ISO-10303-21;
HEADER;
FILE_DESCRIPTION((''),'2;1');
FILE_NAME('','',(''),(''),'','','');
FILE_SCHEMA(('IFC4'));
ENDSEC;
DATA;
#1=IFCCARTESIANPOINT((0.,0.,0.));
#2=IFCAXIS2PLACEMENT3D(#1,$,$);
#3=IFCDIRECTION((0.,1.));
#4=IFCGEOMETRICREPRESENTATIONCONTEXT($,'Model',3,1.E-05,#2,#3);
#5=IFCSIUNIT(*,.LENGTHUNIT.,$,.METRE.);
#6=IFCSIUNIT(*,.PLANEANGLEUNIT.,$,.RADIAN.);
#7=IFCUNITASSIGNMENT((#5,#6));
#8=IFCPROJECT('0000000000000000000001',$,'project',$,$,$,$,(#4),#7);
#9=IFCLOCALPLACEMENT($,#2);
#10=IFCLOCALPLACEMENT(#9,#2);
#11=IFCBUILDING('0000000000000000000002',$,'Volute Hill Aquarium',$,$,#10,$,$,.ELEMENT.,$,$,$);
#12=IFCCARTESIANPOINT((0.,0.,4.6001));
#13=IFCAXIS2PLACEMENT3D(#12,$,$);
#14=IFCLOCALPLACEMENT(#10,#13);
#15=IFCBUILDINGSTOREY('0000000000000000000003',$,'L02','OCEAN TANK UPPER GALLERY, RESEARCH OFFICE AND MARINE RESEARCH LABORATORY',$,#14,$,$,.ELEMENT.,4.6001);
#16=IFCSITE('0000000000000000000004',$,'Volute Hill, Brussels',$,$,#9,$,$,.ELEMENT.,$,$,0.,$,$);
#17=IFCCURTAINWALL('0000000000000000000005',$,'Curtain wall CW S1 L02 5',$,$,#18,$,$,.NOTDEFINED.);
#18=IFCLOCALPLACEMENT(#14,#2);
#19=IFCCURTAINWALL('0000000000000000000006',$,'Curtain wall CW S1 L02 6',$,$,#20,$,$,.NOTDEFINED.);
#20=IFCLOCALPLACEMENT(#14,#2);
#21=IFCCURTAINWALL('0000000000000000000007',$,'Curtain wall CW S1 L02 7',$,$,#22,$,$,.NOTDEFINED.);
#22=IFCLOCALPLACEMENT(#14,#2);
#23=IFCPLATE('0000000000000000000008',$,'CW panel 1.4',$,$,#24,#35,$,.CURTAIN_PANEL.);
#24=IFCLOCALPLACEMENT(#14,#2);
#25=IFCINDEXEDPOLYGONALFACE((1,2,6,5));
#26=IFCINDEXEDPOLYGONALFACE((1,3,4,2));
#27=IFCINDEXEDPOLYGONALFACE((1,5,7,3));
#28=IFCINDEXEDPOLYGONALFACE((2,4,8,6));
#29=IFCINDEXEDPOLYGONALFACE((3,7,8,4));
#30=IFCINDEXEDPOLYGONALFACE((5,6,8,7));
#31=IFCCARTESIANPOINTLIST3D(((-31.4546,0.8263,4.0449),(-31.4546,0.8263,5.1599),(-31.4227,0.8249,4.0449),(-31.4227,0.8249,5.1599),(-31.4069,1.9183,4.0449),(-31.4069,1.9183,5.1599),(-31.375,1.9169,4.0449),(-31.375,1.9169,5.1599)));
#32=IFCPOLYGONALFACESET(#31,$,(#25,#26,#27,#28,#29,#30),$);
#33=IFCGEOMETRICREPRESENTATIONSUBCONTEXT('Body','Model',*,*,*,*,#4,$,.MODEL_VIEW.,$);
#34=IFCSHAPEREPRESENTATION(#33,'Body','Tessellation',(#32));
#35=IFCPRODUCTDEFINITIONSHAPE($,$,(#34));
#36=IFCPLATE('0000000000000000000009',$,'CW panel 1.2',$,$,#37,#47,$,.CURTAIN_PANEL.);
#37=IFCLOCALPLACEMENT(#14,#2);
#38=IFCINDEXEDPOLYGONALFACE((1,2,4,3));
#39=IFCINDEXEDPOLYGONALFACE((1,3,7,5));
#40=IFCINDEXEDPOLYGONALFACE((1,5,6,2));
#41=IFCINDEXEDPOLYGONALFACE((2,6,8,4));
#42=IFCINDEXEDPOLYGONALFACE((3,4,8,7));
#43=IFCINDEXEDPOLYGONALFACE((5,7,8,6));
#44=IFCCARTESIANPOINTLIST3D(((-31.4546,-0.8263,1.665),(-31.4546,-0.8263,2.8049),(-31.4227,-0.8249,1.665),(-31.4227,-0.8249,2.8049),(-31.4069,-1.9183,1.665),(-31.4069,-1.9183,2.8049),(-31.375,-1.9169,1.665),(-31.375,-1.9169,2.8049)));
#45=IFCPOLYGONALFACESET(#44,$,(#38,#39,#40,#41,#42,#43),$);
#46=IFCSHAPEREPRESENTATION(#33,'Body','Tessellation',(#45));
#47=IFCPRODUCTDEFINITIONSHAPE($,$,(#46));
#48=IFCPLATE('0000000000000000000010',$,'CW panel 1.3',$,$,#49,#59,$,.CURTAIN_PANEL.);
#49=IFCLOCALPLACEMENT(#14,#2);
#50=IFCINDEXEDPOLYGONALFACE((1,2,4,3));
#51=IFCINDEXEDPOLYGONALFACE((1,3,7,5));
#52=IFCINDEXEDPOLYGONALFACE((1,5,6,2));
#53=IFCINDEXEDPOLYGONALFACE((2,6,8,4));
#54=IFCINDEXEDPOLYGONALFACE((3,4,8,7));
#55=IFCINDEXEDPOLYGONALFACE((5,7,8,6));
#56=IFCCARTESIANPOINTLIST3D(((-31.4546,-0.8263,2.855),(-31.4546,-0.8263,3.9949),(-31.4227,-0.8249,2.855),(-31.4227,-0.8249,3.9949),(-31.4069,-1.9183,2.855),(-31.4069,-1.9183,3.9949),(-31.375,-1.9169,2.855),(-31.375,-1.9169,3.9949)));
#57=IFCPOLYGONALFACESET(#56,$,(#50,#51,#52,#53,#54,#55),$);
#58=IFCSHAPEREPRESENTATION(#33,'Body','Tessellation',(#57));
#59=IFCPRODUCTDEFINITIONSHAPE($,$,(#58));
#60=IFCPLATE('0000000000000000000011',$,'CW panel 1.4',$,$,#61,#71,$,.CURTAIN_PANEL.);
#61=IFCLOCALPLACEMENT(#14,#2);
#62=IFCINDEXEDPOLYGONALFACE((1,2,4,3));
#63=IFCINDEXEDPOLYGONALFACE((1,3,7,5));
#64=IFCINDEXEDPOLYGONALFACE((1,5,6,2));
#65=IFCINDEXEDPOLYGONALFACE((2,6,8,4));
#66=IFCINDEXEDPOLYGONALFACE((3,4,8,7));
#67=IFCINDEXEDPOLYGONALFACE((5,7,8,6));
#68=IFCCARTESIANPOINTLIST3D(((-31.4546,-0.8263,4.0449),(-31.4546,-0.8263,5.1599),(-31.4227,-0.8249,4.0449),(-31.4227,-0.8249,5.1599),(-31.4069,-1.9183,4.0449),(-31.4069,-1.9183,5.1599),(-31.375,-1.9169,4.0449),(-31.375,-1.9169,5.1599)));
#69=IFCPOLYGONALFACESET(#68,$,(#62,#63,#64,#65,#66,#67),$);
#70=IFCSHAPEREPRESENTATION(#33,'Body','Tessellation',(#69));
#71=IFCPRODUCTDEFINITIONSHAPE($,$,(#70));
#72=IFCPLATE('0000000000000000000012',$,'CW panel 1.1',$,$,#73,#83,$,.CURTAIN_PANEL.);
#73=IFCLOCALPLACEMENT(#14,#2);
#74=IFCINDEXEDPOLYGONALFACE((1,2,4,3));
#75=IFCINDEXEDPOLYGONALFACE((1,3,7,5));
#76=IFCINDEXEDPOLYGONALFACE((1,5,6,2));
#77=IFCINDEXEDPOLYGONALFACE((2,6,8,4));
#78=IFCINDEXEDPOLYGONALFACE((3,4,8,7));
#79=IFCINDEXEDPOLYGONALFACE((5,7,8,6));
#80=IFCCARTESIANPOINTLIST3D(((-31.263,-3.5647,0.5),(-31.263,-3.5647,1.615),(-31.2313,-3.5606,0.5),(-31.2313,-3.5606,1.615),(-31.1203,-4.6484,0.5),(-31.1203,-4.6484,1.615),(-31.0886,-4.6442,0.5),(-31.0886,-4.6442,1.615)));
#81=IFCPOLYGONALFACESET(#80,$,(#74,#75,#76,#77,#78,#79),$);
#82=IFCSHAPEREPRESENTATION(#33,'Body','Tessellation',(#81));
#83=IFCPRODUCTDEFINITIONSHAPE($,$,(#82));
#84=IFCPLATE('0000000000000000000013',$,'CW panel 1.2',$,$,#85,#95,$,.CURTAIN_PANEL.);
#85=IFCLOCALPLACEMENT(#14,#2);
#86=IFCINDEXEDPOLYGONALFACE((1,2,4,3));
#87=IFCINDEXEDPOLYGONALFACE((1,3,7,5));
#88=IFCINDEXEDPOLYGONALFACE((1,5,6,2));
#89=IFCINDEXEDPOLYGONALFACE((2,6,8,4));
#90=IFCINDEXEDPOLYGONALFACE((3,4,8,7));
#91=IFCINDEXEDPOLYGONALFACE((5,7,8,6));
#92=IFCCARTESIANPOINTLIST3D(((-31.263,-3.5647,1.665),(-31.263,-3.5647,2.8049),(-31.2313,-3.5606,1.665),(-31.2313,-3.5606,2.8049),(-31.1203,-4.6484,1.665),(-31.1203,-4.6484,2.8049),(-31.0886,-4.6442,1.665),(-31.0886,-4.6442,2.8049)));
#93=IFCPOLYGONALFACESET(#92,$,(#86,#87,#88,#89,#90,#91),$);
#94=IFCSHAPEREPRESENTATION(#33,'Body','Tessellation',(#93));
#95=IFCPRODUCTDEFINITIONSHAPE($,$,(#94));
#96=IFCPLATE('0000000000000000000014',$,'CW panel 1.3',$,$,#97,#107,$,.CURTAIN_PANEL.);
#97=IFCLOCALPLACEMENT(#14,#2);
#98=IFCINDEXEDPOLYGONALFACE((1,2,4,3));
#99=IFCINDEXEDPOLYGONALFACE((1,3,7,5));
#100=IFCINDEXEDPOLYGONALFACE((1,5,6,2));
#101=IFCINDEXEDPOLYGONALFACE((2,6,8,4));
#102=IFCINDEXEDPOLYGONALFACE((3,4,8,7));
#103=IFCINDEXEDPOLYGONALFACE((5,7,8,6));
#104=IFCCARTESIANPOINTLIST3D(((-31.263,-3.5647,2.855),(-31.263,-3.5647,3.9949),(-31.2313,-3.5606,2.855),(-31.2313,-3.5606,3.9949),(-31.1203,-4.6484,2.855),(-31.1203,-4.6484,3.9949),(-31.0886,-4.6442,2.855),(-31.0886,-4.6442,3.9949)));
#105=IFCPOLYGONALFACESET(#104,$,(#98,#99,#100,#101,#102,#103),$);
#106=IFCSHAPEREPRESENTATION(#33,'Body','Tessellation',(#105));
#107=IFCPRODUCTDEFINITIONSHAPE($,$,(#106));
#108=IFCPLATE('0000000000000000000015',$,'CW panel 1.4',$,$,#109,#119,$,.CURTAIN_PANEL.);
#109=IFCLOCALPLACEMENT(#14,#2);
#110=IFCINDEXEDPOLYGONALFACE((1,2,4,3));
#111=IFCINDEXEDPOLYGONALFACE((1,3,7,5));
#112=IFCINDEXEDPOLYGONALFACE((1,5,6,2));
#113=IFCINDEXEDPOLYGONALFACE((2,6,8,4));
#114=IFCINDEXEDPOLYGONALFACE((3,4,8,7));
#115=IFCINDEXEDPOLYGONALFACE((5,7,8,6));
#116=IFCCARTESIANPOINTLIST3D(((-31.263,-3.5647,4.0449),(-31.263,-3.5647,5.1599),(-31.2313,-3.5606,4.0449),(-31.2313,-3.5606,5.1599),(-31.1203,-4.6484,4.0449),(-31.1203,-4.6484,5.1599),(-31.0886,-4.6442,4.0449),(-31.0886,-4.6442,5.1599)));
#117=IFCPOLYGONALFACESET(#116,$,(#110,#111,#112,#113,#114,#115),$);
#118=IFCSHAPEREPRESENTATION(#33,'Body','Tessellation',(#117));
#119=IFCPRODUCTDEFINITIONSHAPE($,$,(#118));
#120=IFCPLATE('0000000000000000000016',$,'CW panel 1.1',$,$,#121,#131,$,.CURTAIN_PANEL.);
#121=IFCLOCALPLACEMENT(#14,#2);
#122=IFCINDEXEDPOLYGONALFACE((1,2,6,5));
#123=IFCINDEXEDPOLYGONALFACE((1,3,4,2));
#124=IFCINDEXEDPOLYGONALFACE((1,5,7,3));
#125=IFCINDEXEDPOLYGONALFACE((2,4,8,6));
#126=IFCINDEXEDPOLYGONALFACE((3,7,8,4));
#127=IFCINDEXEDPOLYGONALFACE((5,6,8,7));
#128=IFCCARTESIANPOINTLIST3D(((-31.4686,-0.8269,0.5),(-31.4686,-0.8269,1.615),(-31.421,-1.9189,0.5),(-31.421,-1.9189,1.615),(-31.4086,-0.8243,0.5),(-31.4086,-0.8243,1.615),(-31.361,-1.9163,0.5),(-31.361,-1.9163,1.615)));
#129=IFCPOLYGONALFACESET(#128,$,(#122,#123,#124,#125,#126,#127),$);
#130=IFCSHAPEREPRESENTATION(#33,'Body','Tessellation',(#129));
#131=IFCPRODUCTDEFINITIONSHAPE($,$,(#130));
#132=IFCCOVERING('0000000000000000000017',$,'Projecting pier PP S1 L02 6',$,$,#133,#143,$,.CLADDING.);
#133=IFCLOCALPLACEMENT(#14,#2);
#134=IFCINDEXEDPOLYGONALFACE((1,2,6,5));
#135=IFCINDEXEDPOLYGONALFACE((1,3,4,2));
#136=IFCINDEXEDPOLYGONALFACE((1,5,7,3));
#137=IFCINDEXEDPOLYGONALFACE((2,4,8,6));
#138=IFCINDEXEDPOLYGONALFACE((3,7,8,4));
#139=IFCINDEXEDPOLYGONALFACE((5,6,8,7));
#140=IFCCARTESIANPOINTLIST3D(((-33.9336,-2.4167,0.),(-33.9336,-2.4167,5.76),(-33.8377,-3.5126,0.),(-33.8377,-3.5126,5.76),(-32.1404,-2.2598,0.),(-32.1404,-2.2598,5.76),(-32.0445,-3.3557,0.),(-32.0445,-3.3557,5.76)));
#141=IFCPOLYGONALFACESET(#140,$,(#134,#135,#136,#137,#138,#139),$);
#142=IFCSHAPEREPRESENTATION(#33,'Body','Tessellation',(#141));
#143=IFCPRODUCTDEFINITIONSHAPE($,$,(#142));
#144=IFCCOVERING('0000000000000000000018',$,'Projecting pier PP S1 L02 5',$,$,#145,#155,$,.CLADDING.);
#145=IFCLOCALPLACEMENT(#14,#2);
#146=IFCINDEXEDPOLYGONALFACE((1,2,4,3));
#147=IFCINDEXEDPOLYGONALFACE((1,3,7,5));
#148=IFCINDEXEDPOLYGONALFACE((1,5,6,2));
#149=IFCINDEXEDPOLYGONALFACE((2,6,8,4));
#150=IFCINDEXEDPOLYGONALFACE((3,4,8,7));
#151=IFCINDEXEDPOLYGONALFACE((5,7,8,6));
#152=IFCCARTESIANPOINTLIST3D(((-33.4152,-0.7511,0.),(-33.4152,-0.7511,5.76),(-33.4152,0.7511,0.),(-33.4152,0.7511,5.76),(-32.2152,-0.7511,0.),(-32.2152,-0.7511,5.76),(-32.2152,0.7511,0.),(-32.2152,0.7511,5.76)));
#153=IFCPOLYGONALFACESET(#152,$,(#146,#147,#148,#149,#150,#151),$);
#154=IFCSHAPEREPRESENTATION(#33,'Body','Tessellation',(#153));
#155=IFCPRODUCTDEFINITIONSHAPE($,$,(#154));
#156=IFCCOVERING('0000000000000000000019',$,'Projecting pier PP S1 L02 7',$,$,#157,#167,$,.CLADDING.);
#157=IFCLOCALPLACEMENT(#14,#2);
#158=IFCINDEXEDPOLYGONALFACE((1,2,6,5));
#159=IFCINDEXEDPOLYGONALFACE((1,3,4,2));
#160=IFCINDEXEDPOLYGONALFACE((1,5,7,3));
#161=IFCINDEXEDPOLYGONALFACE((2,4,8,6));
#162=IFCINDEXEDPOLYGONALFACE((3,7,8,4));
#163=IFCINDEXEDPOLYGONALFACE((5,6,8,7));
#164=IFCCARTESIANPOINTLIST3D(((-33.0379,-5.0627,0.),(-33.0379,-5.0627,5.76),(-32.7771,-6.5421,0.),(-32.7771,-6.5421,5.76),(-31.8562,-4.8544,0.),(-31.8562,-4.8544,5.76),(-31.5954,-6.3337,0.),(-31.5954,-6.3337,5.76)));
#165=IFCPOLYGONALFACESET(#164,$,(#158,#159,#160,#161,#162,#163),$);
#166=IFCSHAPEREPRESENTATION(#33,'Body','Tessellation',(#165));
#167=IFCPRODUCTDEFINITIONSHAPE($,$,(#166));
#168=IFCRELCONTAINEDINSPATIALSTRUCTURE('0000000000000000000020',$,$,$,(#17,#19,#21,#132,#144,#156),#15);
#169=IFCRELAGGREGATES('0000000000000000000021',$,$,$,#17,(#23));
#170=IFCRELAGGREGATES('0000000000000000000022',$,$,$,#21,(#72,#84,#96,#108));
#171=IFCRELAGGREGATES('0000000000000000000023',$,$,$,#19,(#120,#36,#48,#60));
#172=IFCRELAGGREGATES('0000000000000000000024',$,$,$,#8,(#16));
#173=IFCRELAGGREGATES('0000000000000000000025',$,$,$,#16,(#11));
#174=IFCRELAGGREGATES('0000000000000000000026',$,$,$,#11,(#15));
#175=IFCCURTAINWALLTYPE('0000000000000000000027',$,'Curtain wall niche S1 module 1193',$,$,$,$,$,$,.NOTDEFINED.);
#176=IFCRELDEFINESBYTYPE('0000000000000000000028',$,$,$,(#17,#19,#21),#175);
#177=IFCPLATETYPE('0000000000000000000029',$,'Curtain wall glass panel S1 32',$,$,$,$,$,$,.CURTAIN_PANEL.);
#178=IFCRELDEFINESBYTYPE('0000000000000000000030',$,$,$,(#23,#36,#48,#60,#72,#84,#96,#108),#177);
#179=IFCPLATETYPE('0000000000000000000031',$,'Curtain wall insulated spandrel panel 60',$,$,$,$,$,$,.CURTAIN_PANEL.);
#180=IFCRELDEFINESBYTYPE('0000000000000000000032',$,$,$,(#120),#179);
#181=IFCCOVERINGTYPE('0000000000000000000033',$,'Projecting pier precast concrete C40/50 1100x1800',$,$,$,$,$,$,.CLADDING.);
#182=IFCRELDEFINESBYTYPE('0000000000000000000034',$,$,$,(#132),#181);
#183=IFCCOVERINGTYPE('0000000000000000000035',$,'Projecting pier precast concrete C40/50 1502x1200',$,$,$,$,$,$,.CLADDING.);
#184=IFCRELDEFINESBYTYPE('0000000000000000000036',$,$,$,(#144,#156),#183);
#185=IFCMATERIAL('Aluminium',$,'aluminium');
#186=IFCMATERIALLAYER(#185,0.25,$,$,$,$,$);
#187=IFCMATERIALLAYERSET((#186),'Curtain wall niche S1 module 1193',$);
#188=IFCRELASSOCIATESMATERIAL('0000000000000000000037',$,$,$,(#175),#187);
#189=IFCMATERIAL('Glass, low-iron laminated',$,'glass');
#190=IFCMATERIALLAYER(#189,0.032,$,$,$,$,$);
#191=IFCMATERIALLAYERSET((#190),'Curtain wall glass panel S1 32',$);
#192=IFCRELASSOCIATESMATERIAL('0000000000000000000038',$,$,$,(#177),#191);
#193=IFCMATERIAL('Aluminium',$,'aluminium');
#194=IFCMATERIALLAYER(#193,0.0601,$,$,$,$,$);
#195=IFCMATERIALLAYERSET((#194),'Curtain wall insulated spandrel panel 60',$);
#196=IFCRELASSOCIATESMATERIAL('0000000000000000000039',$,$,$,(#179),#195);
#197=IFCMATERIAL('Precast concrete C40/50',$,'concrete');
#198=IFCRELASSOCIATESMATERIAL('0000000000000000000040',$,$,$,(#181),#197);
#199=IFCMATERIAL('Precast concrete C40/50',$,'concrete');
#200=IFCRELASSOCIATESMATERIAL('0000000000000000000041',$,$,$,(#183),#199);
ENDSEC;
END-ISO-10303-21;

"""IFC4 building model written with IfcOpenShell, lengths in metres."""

from ifc_helpers import new_model, si_unit, direction, frame, origin, origin_2d, place, context, subcontext, project, spatial, rectangle, extrude, material, layer, layer_set, type_object, element, aggregate, save


model = new_model("IFC4")

# Units and contexts
model_context = context("Model", 3, precision=1e-05, world=origin(), true_north=direction((0.0, 1.0)))
body_context = subcontext(model_context, "Body", "Model", "MODEL_VIEW")
ifc_project = project(units=[si_unit("LENGTHUNIT", "METRE"), si_unit("PLANEANGLEUNIT", "RADIAN")], contexts=[model_context])

# Site, building, storey
site_placement = place(None, origin())
site = spatial("IfcSite", under=ifc_project, at=site_placement, Name="Volute Hill, Brussels", CompositionType="ELEMENT", RefElevation=0.0)
building_placement = place(site_placement, origin())
building = spatial("IfcBuilding", under=site, at=building_placement, Name="Volute Hill Aquarium", CompositionType="ELEMENT")
storey_placement = place(building_placement, frame((0.0, 0.0, 4.6001)))
storey = spatial("IfcBuildingStorey", under=building, at=storey_placement, Name="L02", Description="OCEAN TANK UPPER GALLERY, RESEARCH OFFICE AND MARINE RESEARCH LABORATORY", CompositionType="ELEMENT", Elevation=4.6001)

# Curtain walls
ifc_material_1 = material(Name="Aluminium", Category="aluminium")
ifc_layer_1 = layer(ifc_material_1, 0.25)
ifc_layer_set_1 = layer_set([ifc_layer_1], Name="Curtain wall niche S1 module 1193")
curtain_wall_type = type_object("IfcCurtainWallType", Name="Curtain wall niche S1 module 1193", PredefinedType="NOTDEFINED", material=ifc_layer_set_1)
curtain_wall_1_placement = place(storey_placement, origin())
curtain_wall_1 = element("IfcCurtainWall", 1, at=curtain_wall_1_placement, inside=storey, type_object=curtain_wall_type, Name="Curtain wall CW S1 L02 5", PredefinedType="NOTDEFINED")
curtain_wall_2_placement = place(storey_placement, origin())
curtain_wall_2 = element("IfcCurtainWall", 2, at=curtain_wall_2_placement, inside=storey, type_object=curtain_wall_type, Name="Curtain wall CW S1 L02 6", PredefinedType="NOTDEFINED")
curtain_wall_3_placement = place(storey_placement, origin())
curtain_wall_3 = element("IfcCurtainWall", 3, at=curtain_wall_3_placement, inside=storey, type_object=curtain_wall_type, Name="Curtain wall CW S1 L02 7", PredefinedType="NOTDEFINED")

# Plates
ifc_material_2 = material(Name="Glass, low-iron laminated", Category="glass")
ifc_layer_2 = layer(ifc_material_2, 0.032)
ifc_layer_set_2 = layer_set([ifc_layer_2], Name="Curtain wall glass panel S1 32")
plate_type_1 = type_object("IfcPlateType", Name="Curtain wall glass panel S1 32", PredefinedType="CURTAIN_PANEL", material=ifc_layer_set_2)
plate_1_placement = place(storey_placement, frame((-31.4148, 1.3716, 4.0449), z_axis=(0.0, 0.0, 1.0), x_axis=(-0.043614, -0.999048, 0.0)))
plate_1 = element("IfcPlate", 4, at=plate_1_placement, type_object=plate_type_1, Name="CW panel 1.4", PredefinedType="CURTAIN_PANEL", context=body_context, shape_type="SweptSolid", body=[
    extrude(rectangle(XDim=1.093, YDim=0.032, at=origin_2d()), origin(), (0.0, 0.0, 1.0), 1.115),
])
aggregate(curtain_wall_1, [plate_1])
plate_2_placement = place(storey_placement, frame((-31.4148, -1.3716, 1.665), z_axis=(0.0, 0.0, 1.0), x_axis=(0.043614, -0.999048, 0.0)))
plate_2 = element("IfcPlate", 5, at=plate_2_placement, type_object=plate_type_1, Name="CW panel 1.2", PredefinedType="CURTAIN_PANEL", context=body_context, shape_type="SweptSolid", body=[
    extrude(rectangle(XDim=1.093, YDim=0.032, at=origin_2d()), origin(), (0.0, 0.0, 1.0), 1.1399),
])
plate_3_placement = place(storey_placement, frame((-31.4148, -1.3716, 2.855), z_axis=(0.0, 0.0, 1.0), x_axis=(0.043614, -0.999048, 0.0)))
plate_3 = element("IfcPlate", 6, at=plate_3_placement, type_object=plate_type_1, Name="CW panel 1.3", PredefinedType="CURTAIN_PANEL", context=body_context, shape_type="SweptSolid", body=[
    extrude(rectangle(XDim=1.093, YDim=0.032, at=origin_2d()), origin(), (0.0, 0.0, 1.0), 1.1399),
])
plate_4_placement = place(storey_placement, frame((-31.4148, -1.3716, 4.0449), z_axis=(0.0, 0.0, 1.0), x_axis=(0.043614, -0.999048, 0.0)))
plate_4 = element("IfcPlate", 7, at=plate_4_placement, type_object=plate_type_1, Name="CW panel 1.4", PredefinedType="CURTAIN_PANEL", context=body_context, shape_type="SweptSolid", body=[
    extrude(rectangle(XDim=1.093, YDim=0.032, at=origin_2d()), origin(), (0.0, 0.0, 1.0), 1.115),
])
plate_5_placement = place(storey_placement, frame((-31.1758, -4.1045, 0.5), z_axis=(0.0, 0.0, 1.0), x_axis=(0.130523, -0.991445, 0.0)))
plate_5 = element("IfcPlate", 8, at=plate_5_placement, type_object=plate_type_1, Name="CW panel 1.1", PredefinedType="CURTAIN_PANEL", context=body_context, shape_type="SweptSolid", body=[
    extrude(rectangle(XDim=1.093, YDim=0.032, at=origin_2d()), origin(), (0.0, 0.0, 1.0), 1.115),
])
plate_6_placement = place(storey_placement, frame((-31.1758, -4.1045, 1.665), z_axis=(0.0, 0.0, 1.0), x_axis=(0.130523, -0.991445, 0.0)))
plate_6 = element("IfcPlate", 9, at=plate_6_placement, type_object=plate_type_1, Name="CW panel 1.2", PredefinedType="CURTAIN_PANEL", context=body_context, shape_type="SweptSolid", body=[
    extrude(rectangle(XDim=1.093, YDim=0.032, at=origin_2d()), origin(), (0.0, 0.0, 1.0), 1.1399),
])
plate_7_placement = place(storey_placement, frame((-31.1758, -4.1045, 2.855), z_axis=(0.0, 0.0, 1.0), x_axis=(0.130523, -0.991445, 0.0)))
plate_7 = element("IfcPlate", 10, at=plate_7_placement, type_object=plate_type_1, Name="CW panel 1.3", PredefinedType="CURTAIN_PANEL", context=body_context, shape_type="SweptSolid", body=[
    extrude(rectangle(XDim=1.093, YDim=0.032, at=origin_2d()), origin(), (0.0, 0.0, 1.0), 1.1399),
])
plate_8_placement = place(storey_placement, frame((-31.1758, -4.1045, 4.0449), z_axis=(0.0, 0.0, 1.0), x_axis=(0.130523, -0.991445, 0.0)))
plate_8 = element("IfcPlate", 11, at=plate_8_placement, type_object=plate_type_1, Name="CW panel 1.4", PredefinedType="CURTAIN_PANEL", context=body_context, shape_type="SweptSolid", body=[
    extrude(rectangle(XDim=1.093, YDim=0.032, at=origin_2d()), origin(), (0.0, 0.0, 1.0), 1.115),
])
aggregate(curtain_wall_3, [plate_5, plate_6, plate_7, plate_8])
ifc_material_3 = material(Name="Aluminium", Category="aluminium")
ifc_layer_3 = layer(ifc_material_3, 0.0601)
ifc_layer_set_3 = layer_set([ifc_layer_3], Name="Curtain wall insulated spandrel panel 60")
plate_type_2 = type_object("IfcPlateType", Name="Curtain wall insulated spandrel panel 60", PredefinedType="CURTAIN_PANEL", material=ifc_layer_set_3)
plate_9_placement = place(storey_placement, frame((-31.4148, -1.3716, 0.5), z_axis=(0.0, 0.0, 1.0), x_axis=(0.043614, -0.999048, 0.0)))
plate_9 = element("IfcPlate", 12, at=plate_9_placement, type_object=plate_type_2, Name="CW panel 1.1", PredefinedType="CURTAIN_PANEL", context=body_context, shape_type="SweptSolid", body=[
    extrude(rectangle(XDim=1.093, YDim=0.0601, at=origin_2d()), origin(), (0.0, 0.0, 1.0), 1.115),
])
aggregate(curtain_wall_2, [plate_9, plate_2, plate_3, plate_4])

# Coverings
ifc_material_4 = material(Name="Precast concrete C40/50", Category="concrete")
covering_type_1 = type_object("IfcCoveringType", Name="Projecting pier precast concrete C40/50 1100x1800", PredefinedType="CLADDING", material=ifc_material_4)
covering_placement = place(storey_placement, frame((-32.989, -2.8862, 0.0), z_axis=(0.0, 0.0, 1.0), x_axis=(0.087156, -0.996195, 0.0)))
element("IfcCovering", 13, at=covering_placement, inside=storey, type_object=covering_type_1, Name="Projecting pier PP S1 L02 6", PredefinedType="CLADDING", context=body_context, shape_type="SweptSolid", body=[
    extrude(rectangle(XDim=1.1001, YDim=1.8, at=origin_2d()), origin(), (0.0, 0.0, 1.0), 5.76),
])
ifc_material_5 = material(Name="Precast concrete C40/50", Category="concrete")
covering_type_2 = type_object("IfcCoveringType", Name="Projecting pier precast concrete C40/50 1502x1200", PredefinedType="CLADDING", material=ifc_material_5)
for number, where, z_axis, x_axis, name in (
    (14, (-32.8152, 0.0, 0.0), (0.0, 0.0, 1.0), (0.0, -1.0, 0.0), "Projecting pier PP S1 L02 5"),
    (15, (-32.3167, -5.6982, 0.0), (0.0, 0.0, 1.0), (0.173648, -0.984808, 0.0), "Projecting pier PP S1 L02 7"),
):
    element("IfcCovering", number, at=place(storey_placement, frame(where, z_axis=z_axis, x_axis=x_axis)), inside=storey, type_object=covering_type_2, Name=name, PredefinedType="CLADDING", context=body_context, shape_type="SweptSolid", body=[
        extrude(rectangle(XDim=1.5022, YDim=1.2, at=origin_2d()), origin(), (0.0, 0.0, 1.0), 5.76),
    ])

save(model, "model.ifc")
